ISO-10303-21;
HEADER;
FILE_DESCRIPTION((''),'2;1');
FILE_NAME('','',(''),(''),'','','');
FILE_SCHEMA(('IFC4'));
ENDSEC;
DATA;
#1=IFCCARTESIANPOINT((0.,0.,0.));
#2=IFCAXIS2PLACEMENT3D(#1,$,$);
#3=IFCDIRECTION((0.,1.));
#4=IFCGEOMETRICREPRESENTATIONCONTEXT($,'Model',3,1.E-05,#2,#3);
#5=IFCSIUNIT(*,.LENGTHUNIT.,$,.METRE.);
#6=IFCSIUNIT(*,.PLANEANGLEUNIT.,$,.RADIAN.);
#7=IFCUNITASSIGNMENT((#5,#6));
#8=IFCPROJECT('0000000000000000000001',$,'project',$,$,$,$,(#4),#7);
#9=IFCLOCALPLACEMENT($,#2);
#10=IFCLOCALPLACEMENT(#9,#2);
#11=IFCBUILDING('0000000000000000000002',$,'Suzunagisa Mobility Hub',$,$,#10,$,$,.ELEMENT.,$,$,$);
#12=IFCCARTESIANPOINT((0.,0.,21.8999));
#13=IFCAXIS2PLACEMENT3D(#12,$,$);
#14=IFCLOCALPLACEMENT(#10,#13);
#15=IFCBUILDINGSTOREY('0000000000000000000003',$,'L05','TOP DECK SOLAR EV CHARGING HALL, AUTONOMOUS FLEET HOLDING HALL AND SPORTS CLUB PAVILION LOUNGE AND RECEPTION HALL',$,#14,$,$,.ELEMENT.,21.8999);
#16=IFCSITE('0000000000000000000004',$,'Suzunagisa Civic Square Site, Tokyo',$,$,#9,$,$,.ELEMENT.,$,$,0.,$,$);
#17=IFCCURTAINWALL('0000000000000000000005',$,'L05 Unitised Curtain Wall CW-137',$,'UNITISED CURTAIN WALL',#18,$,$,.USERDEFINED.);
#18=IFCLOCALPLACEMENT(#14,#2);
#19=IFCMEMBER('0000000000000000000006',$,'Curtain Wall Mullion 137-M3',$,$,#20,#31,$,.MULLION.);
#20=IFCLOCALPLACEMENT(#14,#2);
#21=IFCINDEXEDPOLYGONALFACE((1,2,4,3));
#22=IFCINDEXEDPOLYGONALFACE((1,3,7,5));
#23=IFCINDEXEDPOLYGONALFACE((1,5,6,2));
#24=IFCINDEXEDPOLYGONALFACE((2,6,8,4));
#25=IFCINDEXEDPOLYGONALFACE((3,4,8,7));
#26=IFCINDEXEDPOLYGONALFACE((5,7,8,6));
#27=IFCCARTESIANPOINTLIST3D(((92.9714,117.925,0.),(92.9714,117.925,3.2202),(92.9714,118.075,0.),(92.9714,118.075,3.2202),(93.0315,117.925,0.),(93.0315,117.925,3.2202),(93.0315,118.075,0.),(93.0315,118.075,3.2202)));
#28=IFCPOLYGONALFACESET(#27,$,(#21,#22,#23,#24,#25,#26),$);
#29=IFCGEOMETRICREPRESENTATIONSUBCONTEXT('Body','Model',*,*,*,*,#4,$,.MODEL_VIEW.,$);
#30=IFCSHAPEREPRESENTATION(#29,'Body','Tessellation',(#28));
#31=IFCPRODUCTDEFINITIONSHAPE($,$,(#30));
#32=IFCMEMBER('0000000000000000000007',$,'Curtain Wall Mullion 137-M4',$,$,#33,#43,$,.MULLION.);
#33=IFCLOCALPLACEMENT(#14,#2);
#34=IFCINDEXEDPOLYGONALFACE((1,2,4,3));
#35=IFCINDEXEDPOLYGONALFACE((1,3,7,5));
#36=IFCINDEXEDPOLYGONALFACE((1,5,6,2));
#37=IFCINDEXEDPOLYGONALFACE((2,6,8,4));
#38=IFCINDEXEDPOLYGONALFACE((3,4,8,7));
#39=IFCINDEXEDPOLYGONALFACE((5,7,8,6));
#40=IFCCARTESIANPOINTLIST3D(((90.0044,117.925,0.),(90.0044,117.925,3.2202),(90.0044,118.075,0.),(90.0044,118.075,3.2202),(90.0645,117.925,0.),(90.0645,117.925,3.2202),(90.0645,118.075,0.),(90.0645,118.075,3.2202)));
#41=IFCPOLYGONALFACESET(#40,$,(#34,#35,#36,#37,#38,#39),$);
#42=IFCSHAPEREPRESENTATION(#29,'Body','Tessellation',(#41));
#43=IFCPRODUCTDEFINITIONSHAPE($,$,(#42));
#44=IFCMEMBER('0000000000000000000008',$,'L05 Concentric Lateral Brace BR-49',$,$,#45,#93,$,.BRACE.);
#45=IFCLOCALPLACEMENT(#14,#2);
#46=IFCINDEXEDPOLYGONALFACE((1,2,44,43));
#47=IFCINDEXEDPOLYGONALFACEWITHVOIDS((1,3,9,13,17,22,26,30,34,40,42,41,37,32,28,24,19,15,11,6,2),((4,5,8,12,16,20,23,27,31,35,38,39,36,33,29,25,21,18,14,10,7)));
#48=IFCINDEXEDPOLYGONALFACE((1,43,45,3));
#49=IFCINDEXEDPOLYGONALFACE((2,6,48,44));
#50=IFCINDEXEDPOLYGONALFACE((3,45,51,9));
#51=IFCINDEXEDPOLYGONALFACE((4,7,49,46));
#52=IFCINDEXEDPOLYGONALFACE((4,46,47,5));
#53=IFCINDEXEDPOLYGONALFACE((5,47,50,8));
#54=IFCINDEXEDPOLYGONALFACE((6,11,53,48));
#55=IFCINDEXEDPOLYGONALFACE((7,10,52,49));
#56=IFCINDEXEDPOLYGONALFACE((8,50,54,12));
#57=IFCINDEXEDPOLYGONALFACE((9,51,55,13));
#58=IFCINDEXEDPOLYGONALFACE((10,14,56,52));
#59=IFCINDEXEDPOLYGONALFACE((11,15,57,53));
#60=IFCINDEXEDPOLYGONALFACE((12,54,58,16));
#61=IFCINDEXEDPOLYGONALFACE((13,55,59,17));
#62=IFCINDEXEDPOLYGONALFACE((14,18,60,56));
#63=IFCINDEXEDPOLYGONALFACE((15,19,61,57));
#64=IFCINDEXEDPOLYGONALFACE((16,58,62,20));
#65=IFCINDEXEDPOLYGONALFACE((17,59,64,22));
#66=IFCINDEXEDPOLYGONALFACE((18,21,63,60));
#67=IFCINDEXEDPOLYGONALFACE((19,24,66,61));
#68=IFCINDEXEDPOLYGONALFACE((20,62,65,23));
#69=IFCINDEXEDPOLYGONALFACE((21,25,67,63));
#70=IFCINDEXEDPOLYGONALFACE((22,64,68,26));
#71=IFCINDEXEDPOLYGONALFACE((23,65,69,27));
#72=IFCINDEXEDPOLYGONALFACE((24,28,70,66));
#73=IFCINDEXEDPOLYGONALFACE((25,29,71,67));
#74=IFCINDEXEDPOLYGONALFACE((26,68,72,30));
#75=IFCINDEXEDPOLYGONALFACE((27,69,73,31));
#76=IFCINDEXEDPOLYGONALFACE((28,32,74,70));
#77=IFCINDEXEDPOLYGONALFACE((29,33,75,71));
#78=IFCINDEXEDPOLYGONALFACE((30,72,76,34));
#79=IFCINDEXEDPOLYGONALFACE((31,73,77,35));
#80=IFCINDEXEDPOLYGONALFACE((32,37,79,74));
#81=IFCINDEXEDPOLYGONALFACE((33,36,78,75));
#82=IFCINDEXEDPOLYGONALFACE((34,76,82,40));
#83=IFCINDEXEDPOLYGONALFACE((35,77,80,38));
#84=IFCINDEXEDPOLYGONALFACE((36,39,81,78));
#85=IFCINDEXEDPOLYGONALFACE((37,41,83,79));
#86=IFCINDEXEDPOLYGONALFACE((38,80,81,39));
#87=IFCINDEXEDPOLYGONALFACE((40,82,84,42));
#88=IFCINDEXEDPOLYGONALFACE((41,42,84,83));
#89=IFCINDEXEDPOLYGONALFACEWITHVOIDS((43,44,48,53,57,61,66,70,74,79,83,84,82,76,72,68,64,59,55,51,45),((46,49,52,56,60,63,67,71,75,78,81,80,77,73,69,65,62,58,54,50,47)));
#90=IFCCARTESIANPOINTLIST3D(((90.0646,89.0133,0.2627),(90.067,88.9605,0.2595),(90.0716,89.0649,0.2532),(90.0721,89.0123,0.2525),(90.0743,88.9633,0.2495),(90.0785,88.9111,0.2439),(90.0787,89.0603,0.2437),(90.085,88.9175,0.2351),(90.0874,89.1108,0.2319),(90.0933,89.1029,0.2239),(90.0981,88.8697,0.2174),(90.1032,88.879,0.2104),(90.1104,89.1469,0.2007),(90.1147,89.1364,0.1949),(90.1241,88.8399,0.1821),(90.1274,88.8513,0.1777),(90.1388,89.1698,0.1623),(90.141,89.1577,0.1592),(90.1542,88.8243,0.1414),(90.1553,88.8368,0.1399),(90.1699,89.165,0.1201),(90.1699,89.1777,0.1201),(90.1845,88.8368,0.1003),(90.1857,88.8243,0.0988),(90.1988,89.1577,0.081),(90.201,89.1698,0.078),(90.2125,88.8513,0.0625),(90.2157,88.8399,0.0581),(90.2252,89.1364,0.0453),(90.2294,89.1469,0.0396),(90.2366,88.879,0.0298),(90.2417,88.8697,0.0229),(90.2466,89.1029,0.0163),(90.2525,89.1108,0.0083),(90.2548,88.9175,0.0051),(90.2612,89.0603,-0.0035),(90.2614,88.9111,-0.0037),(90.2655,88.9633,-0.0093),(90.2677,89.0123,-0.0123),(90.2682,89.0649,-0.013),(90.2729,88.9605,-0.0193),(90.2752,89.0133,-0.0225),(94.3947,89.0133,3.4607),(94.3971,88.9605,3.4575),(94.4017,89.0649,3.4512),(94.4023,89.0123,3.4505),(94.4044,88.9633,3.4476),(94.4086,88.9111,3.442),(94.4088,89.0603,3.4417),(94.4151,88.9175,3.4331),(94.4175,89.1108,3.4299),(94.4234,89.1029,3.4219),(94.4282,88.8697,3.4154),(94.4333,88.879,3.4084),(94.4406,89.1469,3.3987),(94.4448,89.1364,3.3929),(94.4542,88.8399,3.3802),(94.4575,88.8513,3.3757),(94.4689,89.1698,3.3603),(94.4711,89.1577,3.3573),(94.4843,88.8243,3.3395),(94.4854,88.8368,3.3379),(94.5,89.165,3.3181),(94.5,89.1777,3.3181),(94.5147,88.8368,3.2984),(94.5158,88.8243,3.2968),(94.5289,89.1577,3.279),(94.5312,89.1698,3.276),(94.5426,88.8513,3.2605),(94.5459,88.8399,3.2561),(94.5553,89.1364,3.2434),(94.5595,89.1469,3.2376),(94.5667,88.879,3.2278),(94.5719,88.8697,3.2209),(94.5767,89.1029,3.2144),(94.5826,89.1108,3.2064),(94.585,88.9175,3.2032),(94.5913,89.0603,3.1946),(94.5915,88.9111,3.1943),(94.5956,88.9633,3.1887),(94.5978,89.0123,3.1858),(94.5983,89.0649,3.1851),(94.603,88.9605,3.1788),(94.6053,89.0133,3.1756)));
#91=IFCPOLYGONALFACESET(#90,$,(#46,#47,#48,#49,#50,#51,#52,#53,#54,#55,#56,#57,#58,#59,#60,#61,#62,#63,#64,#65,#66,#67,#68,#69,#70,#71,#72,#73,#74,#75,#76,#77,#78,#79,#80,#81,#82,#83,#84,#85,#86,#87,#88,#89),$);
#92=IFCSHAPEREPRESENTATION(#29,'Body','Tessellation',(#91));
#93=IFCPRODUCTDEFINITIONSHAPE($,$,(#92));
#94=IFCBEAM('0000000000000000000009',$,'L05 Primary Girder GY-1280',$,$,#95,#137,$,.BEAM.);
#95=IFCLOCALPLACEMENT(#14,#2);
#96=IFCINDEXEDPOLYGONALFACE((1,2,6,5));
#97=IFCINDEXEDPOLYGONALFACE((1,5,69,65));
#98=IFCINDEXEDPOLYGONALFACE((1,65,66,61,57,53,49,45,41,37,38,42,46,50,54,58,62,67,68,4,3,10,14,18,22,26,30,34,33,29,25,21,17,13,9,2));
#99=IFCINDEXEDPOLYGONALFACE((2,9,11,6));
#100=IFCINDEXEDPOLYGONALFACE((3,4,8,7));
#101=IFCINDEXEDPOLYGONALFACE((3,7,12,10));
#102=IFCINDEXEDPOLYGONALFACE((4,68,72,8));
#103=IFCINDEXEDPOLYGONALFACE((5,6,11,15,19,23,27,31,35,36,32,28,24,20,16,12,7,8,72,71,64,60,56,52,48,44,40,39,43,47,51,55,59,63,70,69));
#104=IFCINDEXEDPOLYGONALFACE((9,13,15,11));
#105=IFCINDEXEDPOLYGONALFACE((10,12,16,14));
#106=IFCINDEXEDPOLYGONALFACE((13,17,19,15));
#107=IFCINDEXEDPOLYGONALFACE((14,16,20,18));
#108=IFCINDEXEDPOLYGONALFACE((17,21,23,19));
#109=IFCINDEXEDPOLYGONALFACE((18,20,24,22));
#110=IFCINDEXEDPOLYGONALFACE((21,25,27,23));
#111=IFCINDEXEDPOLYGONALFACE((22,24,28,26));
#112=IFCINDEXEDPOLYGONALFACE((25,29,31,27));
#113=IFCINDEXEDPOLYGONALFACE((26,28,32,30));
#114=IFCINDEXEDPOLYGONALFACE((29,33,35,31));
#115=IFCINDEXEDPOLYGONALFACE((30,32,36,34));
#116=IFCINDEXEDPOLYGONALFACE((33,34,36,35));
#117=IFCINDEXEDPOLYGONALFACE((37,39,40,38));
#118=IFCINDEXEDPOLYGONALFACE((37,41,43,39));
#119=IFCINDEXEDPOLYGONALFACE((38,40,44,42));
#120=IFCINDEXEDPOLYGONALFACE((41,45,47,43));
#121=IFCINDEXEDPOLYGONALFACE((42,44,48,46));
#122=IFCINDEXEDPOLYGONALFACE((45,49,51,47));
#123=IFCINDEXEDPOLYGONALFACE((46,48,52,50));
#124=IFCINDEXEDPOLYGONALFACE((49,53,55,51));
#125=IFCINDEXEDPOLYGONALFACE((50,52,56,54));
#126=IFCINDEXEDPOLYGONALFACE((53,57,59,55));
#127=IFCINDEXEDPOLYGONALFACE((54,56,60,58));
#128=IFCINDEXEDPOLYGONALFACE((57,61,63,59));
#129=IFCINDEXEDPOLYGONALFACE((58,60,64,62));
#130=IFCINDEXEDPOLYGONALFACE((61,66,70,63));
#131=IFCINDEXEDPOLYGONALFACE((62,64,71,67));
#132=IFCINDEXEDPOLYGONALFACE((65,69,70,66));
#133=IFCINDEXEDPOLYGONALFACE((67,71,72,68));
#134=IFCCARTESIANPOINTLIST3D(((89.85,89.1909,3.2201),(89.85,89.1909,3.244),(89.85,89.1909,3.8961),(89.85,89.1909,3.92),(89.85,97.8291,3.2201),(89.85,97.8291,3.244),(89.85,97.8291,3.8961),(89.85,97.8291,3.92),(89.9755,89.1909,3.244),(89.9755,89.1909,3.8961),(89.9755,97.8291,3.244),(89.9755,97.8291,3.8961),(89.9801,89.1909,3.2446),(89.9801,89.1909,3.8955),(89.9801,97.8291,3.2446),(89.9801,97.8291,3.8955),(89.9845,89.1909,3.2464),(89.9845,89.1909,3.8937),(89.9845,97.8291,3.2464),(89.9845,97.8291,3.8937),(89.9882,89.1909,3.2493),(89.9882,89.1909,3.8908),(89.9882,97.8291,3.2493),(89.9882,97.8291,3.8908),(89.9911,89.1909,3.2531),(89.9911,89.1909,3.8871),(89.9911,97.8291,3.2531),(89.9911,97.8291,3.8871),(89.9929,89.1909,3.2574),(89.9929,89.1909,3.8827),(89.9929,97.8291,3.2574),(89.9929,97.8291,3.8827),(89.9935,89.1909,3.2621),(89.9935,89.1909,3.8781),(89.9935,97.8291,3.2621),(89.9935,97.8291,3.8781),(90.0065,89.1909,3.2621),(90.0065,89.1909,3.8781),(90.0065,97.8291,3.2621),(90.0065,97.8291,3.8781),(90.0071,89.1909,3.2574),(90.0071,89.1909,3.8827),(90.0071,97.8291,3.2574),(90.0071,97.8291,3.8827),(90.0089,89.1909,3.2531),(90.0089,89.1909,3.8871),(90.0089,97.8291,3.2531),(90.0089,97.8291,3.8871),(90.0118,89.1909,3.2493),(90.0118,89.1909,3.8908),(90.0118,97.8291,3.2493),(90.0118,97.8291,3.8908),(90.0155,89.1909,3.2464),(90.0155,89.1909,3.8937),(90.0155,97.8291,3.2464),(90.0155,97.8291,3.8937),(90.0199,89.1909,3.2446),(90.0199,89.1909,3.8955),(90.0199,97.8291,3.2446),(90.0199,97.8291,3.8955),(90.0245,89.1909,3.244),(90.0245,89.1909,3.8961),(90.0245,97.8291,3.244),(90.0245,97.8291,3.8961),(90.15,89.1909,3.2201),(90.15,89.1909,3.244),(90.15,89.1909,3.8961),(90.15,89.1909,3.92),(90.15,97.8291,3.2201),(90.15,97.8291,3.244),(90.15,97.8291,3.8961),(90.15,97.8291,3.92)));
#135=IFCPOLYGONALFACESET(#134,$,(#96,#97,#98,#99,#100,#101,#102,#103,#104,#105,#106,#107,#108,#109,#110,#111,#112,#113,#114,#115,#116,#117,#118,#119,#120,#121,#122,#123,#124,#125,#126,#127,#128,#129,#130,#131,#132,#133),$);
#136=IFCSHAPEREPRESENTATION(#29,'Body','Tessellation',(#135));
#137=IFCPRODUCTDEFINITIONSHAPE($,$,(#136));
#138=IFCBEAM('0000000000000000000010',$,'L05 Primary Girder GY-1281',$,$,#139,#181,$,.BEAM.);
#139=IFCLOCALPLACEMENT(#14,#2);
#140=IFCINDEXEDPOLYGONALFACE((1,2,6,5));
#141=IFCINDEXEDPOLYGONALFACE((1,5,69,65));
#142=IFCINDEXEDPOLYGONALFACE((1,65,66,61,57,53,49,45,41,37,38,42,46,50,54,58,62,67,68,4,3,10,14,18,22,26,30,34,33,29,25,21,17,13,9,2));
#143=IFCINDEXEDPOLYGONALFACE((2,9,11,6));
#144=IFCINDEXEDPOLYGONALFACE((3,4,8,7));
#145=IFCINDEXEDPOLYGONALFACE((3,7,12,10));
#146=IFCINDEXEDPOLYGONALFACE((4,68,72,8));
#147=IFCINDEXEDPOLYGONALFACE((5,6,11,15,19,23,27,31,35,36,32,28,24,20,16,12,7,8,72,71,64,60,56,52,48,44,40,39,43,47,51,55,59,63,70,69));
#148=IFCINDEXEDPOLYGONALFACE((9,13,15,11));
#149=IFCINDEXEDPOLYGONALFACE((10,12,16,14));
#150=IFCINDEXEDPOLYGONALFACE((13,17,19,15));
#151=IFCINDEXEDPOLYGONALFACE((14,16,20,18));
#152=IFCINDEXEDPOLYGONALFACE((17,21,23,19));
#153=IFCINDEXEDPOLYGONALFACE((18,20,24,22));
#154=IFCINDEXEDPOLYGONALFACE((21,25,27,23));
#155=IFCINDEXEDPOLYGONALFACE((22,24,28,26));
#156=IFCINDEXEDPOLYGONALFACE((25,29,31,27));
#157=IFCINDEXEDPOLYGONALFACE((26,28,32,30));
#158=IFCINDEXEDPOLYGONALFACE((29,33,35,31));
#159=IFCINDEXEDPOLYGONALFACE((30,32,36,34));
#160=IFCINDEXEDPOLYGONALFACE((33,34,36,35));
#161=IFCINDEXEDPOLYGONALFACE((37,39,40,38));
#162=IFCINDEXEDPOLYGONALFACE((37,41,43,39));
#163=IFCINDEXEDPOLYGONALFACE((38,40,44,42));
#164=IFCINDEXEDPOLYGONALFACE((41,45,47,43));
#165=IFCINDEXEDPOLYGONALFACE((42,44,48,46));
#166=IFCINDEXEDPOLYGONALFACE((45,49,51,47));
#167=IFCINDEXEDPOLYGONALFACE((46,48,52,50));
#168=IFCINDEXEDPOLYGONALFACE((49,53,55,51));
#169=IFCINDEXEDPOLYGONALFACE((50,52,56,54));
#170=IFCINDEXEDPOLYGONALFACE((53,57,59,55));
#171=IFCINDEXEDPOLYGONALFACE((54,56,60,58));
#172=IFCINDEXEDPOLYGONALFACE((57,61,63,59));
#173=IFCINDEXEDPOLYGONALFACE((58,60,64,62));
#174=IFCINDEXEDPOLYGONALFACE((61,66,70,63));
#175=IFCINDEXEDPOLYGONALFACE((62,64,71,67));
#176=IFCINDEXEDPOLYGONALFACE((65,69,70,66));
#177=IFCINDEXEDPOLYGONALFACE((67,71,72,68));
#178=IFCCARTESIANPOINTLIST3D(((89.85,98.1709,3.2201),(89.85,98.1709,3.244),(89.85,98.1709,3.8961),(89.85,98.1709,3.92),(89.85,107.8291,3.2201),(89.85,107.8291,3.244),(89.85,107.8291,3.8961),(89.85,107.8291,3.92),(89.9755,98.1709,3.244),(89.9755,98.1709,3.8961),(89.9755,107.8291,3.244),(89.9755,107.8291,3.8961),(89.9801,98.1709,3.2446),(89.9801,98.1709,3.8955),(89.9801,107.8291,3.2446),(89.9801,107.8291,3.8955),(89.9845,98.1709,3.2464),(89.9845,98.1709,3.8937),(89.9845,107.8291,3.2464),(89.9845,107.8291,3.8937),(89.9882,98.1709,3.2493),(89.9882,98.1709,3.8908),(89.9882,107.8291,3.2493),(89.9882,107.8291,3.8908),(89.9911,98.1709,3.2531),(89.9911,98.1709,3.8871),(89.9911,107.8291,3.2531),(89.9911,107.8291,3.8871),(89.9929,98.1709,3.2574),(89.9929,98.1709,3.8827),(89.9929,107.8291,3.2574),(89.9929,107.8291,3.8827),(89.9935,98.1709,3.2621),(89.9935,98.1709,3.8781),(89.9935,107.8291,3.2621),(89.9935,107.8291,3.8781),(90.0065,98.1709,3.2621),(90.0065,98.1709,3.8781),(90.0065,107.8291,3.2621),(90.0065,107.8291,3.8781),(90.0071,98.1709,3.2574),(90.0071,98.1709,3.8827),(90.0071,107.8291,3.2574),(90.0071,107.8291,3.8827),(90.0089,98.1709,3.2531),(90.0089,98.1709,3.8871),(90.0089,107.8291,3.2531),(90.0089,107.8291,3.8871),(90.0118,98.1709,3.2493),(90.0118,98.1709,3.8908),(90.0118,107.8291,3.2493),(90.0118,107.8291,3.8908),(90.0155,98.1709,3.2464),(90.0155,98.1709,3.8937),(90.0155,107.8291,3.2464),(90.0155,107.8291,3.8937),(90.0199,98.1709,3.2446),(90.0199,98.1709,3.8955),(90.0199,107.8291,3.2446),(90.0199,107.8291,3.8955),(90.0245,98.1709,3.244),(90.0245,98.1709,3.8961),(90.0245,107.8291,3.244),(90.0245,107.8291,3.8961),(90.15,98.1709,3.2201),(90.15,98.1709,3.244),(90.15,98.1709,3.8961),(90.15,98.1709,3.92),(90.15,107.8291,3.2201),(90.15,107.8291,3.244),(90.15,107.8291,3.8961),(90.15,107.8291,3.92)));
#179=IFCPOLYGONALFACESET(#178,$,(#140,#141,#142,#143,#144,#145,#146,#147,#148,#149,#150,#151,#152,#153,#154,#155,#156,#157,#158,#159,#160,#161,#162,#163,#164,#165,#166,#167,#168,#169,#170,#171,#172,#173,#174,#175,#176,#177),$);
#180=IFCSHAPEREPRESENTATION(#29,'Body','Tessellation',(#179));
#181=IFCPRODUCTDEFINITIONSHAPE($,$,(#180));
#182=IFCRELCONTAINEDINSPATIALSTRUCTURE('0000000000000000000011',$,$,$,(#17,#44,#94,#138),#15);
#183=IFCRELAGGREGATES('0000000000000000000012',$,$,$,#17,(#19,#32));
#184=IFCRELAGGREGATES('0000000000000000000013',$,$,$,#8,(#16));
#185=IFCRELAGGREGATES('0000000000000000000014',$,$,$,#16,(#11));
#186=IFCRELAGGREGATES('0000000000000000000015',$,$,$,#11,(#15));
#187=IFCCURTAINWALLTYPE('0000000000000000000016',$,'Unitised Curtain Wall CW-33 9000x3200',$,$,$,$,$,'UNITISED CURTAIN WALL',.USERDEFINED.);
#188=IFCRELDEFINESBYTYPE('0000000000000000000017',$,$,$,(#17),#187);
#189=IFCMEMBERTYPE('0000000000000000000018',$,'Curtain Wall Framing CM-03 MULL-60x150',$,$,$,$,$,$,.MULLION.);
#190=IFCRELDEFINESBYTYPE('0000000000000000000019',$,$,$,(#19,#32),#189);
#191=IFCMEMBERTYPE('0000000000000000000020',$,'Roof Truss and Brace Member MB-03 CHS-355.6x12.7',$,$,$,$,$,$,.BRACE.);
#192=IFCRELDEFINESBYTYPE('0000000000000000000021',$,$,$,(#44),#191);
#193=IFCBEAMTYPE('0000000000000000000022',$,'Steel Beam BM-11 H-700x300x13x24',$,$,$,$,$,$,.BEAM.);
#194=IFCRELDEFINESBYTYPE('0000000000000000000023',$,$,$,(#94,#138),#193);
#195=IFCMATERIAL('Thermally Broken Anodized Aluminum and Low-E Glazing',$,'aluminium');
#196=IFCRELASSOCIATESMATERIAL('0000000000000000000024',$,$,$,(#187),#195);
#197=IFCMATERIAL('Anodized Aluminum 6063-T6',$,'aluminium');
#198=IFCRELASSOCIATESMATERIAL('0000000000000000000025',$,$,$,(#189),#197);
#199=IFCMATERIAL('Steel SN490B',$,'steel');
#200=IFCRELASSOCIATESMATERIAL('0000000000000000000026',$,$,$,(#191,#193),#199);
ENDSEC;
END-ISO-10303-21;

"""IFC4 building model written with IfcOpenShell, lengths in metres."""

from ifc_helpers import new_model, si_unit, direction, frame, origin, origin_2d, place, context, subcontext, project, spatial, rectangle, hollow_circle, i_section, extrude, material, material_profile, profile_set, type_object, element, aggregate, save


model = new_model("IFC4")

# Units and contexts
model_context = context("Model", 3, precision=1e-05, world=origin(), true_north=direction((0.0, 1.0)))
body_context = subcontext(model_context, "Body", "Model", "MODEL_VIEW")
ifc_project = project(units=[si_unit("LENGTHUNIT", "METRE"), si_unit("PLANEANGLEUNIT", "RADIAN")], contexts=[model_context])

# Site, building, storey
site_placement = place(None, origin())
site = spatial("IfcSite", under=ifc_project, at=site_placement, Name="Suzunagisa Civic Square Site, Tokyo", CompositionType="ELEMENT", RefElevation=0.0)
building_placement = place(site_placement, origin())
building = spatial("IfcBuilding", under=site, at=building_placement, Name="Suzunagisa Mobility Hub", CompositionType="ELEMENT")
storey_placement = place(building_placement, frame((0.0, 0.0, 21.8999)))
storey = spatial("IfcBuildingStorey", under=building, at=storey_placement, Name="L05", Description="TOP DECK SOLAR EV CHARGING HALL, AUTONOMOUS FLEET HOLDING HALL AND SPORTS CLUB PAVILION LOUNGE AND RECEPTION HALL", CompositionType="ELEMENT", Elevation=21.8999)

# Shared definitions
ifc_material_1 = material(Name="Steel SN490B", Category="steel")

# Curtain wall, members
ifc_material_2 = material(Name="Thermally Broken Anodized Aluminum and Low-E Glazing", Category="aluminium")
curtain_wall_type = type_object("IfcCurtainWallType", Name="Unitised Curtain Wall CW-33 9000x3200", ElementType="UNITISED CURTAIN WALL", PredefinedType="USERDEFINED", material=ifc_material_2)
curtain_wall_placement = place(storey_placement, origin())
curtain_wall = element("IfcCurtainWall", 1, at=curtain_wall_placement, inside=storey, type_object=curtain_wall_type, Name="L05 Unitised Curtain Wall CW-137", ObjectType="UNITISED CURTAIN WALL", PredefinedType="USERDEFINED")
ifc_material_3 = material(Name="Anodized Aluminum 6063-T6", Category="aluminium")
ifc_material_profile_1 = material_profile(ifc_material_3, rectangle(XDim=0.0601, YDim=0.1499, at=origin_2d()), Name="MULL-60x150")
ifc_profile_set_1 = profile_set([ifc_material_profile_1], Name="Anodized Aluminum 6063-T6")
member_type_1 = type_object("IfcMemberType", Name="Curtain Wall Framing CM-03 MULL-60x150", PredefinedType="MULLION", material=ifc_profile_set_1)
member_1_placement = place(storey_placement, frame((93.0015, 118.0, 0.0), z_axis=(0.0, 0.0, 1.0), x_axis=(-1.0, 0.0, 0.0)))
member_1 = element("IfcMember", 2, at=member_1_placement, type_object=member_type_1, Name="Curtain Wall Mullion 137-M3", PredefinedType="MULLION", context=body_context, shape_type="SweptSolid", body=[
    extrude(rectangle(XDim=0.0601, YDim=0.1499, at=origin_2d()), origin(), (0.0, 0.0, 1.0), 3.2202),
])
member_2_placement = place(storey_placement, frame((90.0344, 118.0, 0.0), z_axis=(0.0, 0.0, 1.0), x_axis=(-1.0, 0.0, 0.0)))
member_2 = element("IfcMember", 3, at=member_2_placement, type_object=member_type_1, Name="Curtain Wall Mullion 137-M4", PredefinedType="MULLION", context=body_context, shape_type="SweptSolid", body=[
    extrude(rectangle(XDim=0.0601, YDim=0.1499, at=origin_2d()), origin(), (0.0, 0.0, 1.0), 3.2202),
])

# Member
ifc_material_profile_2 = material_profile(ifc_material_1, hollow_circle(Radius=0.1777, WallThickness=0.0127, at=origin_2d()), Name="CHS-355.6x12.7")
ifc_profile_set_2 = profile_set([ifc_material_profile_2], Name="Steel SN490B")
member_type_2 = type_object("IfcMemberType", Name="Roof Truss and Brace Member MB-03 CHS-355.6x12.7", PredefinedType="BRACE", material=ifc_profile_set_2)
member_3_placement = place(storey_placement, frame((90.1699, 89.0, 0.1201), z_axis=(0.804398, 0.0, 0.594091), x_axis=(0.0, 1.0, 0.0)))
element("IfcMember", 4, at=member_3_placement, inside=storey, type_object=member_type_2, Name="L05 Concentric Lateral Brace BR-49", PredefinedType="BRACE", context=body_context, shape_type="SweptSolid", body=[
    extrude(hollow_circle(Radius=0.1777, WallThickness=0.0127, at=origin_2d()), origin(), (0.0, 0.0, 1.0), 5.3831),
])

# Beams
ifc_material_profile_3 = material_profile(ifc_material_1, i_section(OverallWidth=0.3, OverallDepth=0.7, WebThickness=0.0129, FlangeThickness=0.0239, FilletRadius=0.0181, at=origin_2d()), Name="H-700x300x13x24")
ifc_profile_set_3 = profile_set([ifc_material_profile_3], Name="Steel SN490B")
beam_type_1 = type_object("IfcBeamType", Name="Steel Beam BM-11 H-700x300x13x24", PredefinedType="BEAM", material=ifc_profile_set_3)
beam_1_placement = place(storey_placement, frame((90.0, 89.1909, 3.5701), z_axis=(0.0, 1.0, 0.0), x_axis=(-1.0, 0.0, 0.0)))
element("IfcBeam", 5, at=beam_1_placement, inside=storey, type_object=beam_type_1, Name="L05 Primary Girder GY-1280", PredefinedType="BEAM", context=body_context, shape_type="SweptSolid", body=[
    extrude(i_section(OverallWidth=0.3, OverallDepth=0.7, WebThickness=0.0129, FlangeThickness=0.0239, FilletRadius=0.0181, at=origin_2d()), origin(), (0.0, 0.0, 1.0), 8.6382),
])
beam_2_placement = place(storey_placement, frame((90.0, 98.1709, 3.5701), z_axis=(0.0, 1.0, 0.0), x_axis=(-1.0, 0.0, 0.0)))
element("IfcBeam", 6, at=beam_2_placement, inside=storey, type_object=beam_type_1, Name="L05 Primary Girder GY-1281", PredefinedType="BEAM", context=body_context, shape_type="SweptSolid", body=[
    extrude(i_section(OverallWidth=0.3, OverallDepth=0.7, WebThickness=0.0129, FlangeThickness=0.0239, FilletRadius=0.0181, at=origin_2d()), origin(), (0.0, 0.0, 1.0), 9.6582),
])

aggregate(curtain_wall, [member_1, member_2])

save(model, "model.ifc")
